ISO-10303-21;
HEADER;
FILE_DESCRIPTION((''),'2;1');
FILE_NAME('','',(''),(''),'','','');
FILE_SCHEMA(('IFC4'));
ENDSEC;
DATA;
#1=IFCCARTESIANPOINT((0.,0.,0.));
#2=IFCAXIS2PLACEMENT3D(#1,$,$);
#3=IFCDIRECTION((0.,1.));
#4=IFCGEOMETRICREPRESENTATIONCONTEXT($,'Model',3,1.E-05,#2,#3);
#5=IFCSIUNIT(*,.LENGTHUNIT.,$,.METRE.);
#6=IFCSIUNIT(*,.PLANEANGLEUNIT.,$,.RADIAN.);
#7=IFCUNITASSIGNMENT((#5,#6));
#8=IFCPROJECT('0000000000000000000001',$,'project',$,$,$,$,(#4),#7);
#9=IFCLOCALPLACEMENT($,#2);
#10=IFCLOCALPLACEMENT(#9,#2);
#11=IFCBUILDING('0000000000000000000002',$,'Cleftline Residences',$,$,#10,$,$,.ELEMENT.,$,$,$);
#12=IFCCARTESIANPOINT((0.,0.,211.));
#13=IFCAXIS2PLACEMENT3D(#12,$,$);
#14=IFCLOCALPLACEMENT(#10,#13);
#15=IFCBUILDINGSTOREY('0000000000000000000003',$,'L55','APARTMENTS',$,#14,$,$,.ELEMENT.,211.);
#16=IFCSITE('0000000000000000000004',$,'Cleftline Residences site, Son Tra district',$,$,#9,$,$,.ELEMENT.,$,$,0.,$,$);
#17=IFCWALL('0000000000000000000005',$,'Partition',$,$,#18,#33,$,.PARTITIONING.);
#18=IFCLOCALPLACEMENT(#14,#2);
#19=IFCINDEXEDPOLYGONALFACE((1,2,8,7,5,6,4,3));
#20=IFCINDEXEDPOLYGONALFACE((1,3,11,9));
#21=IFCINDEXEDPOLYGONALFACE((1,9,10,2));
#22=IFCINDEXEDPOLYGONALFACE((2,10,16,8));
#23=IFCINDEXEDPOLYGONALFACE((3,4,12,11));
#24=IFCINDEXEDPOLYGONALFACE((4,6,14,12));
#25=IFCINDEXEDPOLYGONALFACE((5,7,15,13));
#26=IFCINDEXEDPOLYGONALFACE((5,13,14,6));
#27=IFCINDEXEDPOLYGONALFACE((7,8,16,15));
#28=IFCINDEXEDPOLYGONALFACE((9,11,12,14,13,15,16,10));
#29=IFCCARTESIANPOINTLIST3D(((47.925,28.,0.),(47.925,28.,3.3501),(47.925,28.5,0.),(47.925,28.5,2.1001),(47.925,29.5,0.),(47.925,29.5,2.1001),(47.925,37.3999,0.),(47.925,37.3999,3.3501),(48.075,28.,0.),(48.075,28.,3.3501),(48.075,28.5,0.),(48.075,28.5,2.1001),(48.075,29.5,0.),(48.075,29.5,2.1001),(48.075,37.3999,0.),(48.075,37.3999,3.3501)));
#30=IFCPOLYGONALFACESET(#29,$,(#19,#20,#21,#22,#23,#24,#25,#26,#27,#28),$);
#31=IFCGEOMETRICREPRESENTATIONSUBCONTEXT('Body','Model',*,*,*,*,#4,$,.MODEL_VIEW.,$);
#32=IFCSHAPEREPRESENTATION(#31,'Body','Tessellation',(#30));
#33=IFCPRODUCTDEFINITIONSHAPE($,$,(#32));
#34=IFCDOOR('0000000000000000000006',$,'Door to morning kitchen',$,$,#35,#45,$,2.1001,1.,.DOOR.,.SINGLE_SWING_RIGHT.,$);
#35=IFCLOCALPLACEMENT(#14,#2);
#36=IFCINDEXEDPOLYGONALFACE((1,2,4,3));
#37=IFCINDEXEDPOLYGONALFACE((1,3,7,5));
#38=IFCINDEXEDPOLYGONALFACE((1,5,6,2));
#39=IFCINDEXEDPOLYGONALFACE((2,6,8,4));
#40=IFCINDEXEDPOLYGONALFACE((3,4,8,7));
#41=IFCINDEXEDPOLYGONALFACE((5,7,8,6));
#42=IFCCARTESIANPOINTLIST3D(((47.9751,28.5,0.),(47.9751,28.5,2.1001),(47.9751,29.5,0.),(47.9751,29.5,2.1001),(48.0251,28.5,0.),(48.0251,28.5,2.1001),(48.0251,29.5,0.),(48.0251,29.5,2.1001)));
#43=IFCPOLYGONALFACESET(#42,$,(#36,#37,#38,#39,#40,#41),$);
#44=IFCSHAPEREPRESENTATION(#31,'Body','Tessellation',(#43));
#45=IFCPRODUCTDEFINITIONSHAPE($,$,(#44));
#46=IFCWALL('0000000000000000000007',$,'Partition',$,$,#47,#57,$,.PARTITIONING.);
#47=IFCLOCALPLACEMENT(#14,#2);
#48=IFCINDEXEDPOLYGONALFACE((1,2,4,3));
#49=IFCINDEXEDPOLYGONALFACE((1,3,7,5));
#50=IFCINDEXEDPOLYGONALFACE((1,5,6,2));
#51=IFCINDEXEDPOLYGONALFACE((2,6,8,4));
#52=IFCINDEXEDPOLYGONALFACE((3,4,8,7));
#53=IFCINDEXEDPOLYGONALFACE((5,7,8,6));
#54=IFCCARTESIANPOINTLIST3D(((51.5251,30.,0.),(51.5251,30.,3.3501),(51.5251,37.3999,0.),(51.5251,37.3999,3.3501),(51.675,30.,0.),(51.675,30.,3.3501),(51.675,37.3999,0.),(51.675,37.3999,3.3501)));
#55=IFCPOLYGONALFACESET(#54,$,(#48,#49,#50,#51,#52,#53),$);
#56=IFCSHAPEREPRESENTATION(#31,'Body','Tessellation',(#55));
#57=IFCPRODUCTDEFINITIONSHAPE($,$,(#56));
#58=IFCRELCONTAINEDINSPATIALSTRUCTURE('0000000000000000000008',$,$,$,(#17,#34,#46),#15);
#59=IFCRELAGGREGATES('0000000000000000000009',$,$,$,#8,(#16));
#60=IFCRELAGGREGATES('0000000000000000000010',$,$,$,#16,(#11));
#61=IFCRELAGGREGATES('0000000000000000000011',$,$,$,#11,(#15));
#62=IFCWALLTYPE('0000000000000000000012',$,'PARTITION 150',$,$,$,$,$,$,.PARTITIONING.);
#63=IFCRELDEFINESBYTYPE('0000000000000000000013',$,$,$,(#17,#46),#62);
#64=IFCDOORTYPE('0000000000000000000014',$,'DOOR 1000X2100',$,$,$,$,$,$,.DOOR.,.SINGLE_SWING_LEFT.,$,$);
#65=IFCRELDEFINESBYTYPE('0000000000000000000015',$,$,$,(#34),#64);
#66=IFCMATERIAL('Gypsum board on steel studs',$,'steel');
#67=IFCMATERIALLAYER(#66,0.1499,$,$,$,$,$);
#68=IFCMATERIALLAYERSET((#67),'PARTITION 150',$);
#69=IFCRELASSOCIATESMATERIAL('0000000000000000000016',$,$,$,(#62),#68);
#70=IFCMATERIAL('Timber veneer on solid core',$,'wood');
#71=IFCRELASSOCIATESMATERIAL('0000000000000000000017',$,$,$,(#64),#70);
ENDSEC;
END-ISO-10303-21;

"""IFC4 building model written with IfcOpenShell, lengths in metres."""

from ifc_helpers import new_model, si_unit, direction, frame, frame_2d, origin, place, context, subcontext, project, spatial, rectangle, extrude, material, layer, layer_set, type_object, element, fill, save


model = new_model("IFC4")

# Units and contexts
model_context = context("Model", 3, precision=1e-05, world=origin(), true_north=direction((0.0, 1.0)))
body_context = subcontext(model_context, "Body", "Model", "MODEL_VIEW")
ifc_project = project(units=[si_unit("LENGTHUNIT", "METRE"), si_unit("PLANEANGLEUNIT", "RADIAN")], contexts=[model_context])

# Site, building, storey
site_placement = place(None, origin())
site = spatial("IfcSite", under=ifc_project, at=site_placement, Name="Cleftline Residences site, Son Tra district", CompositionType="ELEMENT", RefElevation=0.0)
building_placement = place(site_placement, origin())
building = spatial("IfcBuilding", under=site, at=building_placement, Name="Cleftline Residences", CompositionType="ELEMENT")
storey_placement = place(building_placement, frame((0.0, 0.0, 211.0)))
storey = spatial("IfcBuildingStorey", under=building, at=storey_placement, Name="L55", Description="APARTMENTS", CompositionType="ELEMENT", Elevation=211.0)

# Shared definitions
ifc_material_1 = material(Name="Gypsum board on steel studs", Category="steel")
ifc_layer_1 = layer(ifc_material_1, 0.1499)
ifc_layer_set_1 = layer_set([ifc_layer_1], Name="PARTITION 150")
wall_type_1 = type_object("IfcWallType", Name="PARTITION 150", PredefinedType="PARTITIONING", material=ifc_layer_set_1)
ifc_material_2 = material(Name="Timber veneer on solid core", Category="wood")
door_type_1 = type_object("IfcDoorType", Name="DOOR 1000X2100", OperationType="SINGLE_SWING_LEFT", PredefinedType="DOOR", material=ifc_material_2)

# Wall, opening, door
wall_1_placement = place(storey_placement, frame((48.0, 28.0, 0.0), z_axis=(0.0, 0.0, 1.0), x_axis=(0.0, 1.0, 0.0)))
wall_1 = element("IfcWall", 1, at=wall_1_placement, inside=storey, type_object=wall_type_1, Name="Partition", PredefinedType="PARTITIONING", context=body_context, shape_type="SweptSolid", body=[
    extrude(rectangle(XDim=9.3999, YDim=0.1499, at=frame_2d((4.7, 0.0))), origin(), (0.0, 0.0, 1.0), 3.3501),
])
opening_1_placement = place(wall_1_placement, frame((0.5, 0.0, 0.0)))
opening_1 = element("IfcOpeningElement", 2, at=opening_1_placement, cuts=wall_1, PredefinedType="OPENING", context=body_context, shape_type="SweptSolid", body=[
    extrude(rectangle(XDim=1.0, YDim=2.1001, at=frame_2d((0.5, 1.05))), frame((0.0, 0.085, 0.0), z_axis=(0.0, -1.0, 0.0), x_axis=(1.0, 0.0, 0.0)), (0.0, 0.0, 1.0), 0.1699),
])
door_1_placement = place(opening_1_placement, origin())
door_1 = element("IfcDoor", 3, at=door_1_placement, inside=storey, type_object=door_type_1, Name="Door to morning kitchen", OperationType="SINGLE_SWING_RIGHT", OverallHeight=2.1001, OverallWidth=1.0, PredefinedType="DOOR", context=body_context, shape_type="SweptSolid", body=[
    extrude(rectangle(XDim=1.0, YDim=2.1001, at=frame_2d((0.5, 1.05))), frame((0.0, 0.0249, 0.0), z_axis=(0.0, -1.0, 0.0), x_axis=(1.0, 0.0, 0.0)), (0.0, 0.0, 1.0), 0.05),
])
fill(opening_1, door_1)

# Wall
wall_2_placement = place(storey_placement, frame((51.6001, 30.0, 0.0), z_axis=(0.0, 0.0, 1.0), x_axis=(0.0, 1.0, 0.0)))
element("IfcWall", 4, at=wall_2_placement, inside=storey, type_object=wall_type_1, Name="Partition", PredefinedType="PARTITIONING", context=body_context, shape_type="SweptSolid", body=[
    extrude(rectangle(XDim=7.3999, YDim=0.1499, at=frame_2d((3.7, 0.0))), origin(), (0.0, 0.0, 1.0), 3.3501),
])

save(model, "model.ifc")
